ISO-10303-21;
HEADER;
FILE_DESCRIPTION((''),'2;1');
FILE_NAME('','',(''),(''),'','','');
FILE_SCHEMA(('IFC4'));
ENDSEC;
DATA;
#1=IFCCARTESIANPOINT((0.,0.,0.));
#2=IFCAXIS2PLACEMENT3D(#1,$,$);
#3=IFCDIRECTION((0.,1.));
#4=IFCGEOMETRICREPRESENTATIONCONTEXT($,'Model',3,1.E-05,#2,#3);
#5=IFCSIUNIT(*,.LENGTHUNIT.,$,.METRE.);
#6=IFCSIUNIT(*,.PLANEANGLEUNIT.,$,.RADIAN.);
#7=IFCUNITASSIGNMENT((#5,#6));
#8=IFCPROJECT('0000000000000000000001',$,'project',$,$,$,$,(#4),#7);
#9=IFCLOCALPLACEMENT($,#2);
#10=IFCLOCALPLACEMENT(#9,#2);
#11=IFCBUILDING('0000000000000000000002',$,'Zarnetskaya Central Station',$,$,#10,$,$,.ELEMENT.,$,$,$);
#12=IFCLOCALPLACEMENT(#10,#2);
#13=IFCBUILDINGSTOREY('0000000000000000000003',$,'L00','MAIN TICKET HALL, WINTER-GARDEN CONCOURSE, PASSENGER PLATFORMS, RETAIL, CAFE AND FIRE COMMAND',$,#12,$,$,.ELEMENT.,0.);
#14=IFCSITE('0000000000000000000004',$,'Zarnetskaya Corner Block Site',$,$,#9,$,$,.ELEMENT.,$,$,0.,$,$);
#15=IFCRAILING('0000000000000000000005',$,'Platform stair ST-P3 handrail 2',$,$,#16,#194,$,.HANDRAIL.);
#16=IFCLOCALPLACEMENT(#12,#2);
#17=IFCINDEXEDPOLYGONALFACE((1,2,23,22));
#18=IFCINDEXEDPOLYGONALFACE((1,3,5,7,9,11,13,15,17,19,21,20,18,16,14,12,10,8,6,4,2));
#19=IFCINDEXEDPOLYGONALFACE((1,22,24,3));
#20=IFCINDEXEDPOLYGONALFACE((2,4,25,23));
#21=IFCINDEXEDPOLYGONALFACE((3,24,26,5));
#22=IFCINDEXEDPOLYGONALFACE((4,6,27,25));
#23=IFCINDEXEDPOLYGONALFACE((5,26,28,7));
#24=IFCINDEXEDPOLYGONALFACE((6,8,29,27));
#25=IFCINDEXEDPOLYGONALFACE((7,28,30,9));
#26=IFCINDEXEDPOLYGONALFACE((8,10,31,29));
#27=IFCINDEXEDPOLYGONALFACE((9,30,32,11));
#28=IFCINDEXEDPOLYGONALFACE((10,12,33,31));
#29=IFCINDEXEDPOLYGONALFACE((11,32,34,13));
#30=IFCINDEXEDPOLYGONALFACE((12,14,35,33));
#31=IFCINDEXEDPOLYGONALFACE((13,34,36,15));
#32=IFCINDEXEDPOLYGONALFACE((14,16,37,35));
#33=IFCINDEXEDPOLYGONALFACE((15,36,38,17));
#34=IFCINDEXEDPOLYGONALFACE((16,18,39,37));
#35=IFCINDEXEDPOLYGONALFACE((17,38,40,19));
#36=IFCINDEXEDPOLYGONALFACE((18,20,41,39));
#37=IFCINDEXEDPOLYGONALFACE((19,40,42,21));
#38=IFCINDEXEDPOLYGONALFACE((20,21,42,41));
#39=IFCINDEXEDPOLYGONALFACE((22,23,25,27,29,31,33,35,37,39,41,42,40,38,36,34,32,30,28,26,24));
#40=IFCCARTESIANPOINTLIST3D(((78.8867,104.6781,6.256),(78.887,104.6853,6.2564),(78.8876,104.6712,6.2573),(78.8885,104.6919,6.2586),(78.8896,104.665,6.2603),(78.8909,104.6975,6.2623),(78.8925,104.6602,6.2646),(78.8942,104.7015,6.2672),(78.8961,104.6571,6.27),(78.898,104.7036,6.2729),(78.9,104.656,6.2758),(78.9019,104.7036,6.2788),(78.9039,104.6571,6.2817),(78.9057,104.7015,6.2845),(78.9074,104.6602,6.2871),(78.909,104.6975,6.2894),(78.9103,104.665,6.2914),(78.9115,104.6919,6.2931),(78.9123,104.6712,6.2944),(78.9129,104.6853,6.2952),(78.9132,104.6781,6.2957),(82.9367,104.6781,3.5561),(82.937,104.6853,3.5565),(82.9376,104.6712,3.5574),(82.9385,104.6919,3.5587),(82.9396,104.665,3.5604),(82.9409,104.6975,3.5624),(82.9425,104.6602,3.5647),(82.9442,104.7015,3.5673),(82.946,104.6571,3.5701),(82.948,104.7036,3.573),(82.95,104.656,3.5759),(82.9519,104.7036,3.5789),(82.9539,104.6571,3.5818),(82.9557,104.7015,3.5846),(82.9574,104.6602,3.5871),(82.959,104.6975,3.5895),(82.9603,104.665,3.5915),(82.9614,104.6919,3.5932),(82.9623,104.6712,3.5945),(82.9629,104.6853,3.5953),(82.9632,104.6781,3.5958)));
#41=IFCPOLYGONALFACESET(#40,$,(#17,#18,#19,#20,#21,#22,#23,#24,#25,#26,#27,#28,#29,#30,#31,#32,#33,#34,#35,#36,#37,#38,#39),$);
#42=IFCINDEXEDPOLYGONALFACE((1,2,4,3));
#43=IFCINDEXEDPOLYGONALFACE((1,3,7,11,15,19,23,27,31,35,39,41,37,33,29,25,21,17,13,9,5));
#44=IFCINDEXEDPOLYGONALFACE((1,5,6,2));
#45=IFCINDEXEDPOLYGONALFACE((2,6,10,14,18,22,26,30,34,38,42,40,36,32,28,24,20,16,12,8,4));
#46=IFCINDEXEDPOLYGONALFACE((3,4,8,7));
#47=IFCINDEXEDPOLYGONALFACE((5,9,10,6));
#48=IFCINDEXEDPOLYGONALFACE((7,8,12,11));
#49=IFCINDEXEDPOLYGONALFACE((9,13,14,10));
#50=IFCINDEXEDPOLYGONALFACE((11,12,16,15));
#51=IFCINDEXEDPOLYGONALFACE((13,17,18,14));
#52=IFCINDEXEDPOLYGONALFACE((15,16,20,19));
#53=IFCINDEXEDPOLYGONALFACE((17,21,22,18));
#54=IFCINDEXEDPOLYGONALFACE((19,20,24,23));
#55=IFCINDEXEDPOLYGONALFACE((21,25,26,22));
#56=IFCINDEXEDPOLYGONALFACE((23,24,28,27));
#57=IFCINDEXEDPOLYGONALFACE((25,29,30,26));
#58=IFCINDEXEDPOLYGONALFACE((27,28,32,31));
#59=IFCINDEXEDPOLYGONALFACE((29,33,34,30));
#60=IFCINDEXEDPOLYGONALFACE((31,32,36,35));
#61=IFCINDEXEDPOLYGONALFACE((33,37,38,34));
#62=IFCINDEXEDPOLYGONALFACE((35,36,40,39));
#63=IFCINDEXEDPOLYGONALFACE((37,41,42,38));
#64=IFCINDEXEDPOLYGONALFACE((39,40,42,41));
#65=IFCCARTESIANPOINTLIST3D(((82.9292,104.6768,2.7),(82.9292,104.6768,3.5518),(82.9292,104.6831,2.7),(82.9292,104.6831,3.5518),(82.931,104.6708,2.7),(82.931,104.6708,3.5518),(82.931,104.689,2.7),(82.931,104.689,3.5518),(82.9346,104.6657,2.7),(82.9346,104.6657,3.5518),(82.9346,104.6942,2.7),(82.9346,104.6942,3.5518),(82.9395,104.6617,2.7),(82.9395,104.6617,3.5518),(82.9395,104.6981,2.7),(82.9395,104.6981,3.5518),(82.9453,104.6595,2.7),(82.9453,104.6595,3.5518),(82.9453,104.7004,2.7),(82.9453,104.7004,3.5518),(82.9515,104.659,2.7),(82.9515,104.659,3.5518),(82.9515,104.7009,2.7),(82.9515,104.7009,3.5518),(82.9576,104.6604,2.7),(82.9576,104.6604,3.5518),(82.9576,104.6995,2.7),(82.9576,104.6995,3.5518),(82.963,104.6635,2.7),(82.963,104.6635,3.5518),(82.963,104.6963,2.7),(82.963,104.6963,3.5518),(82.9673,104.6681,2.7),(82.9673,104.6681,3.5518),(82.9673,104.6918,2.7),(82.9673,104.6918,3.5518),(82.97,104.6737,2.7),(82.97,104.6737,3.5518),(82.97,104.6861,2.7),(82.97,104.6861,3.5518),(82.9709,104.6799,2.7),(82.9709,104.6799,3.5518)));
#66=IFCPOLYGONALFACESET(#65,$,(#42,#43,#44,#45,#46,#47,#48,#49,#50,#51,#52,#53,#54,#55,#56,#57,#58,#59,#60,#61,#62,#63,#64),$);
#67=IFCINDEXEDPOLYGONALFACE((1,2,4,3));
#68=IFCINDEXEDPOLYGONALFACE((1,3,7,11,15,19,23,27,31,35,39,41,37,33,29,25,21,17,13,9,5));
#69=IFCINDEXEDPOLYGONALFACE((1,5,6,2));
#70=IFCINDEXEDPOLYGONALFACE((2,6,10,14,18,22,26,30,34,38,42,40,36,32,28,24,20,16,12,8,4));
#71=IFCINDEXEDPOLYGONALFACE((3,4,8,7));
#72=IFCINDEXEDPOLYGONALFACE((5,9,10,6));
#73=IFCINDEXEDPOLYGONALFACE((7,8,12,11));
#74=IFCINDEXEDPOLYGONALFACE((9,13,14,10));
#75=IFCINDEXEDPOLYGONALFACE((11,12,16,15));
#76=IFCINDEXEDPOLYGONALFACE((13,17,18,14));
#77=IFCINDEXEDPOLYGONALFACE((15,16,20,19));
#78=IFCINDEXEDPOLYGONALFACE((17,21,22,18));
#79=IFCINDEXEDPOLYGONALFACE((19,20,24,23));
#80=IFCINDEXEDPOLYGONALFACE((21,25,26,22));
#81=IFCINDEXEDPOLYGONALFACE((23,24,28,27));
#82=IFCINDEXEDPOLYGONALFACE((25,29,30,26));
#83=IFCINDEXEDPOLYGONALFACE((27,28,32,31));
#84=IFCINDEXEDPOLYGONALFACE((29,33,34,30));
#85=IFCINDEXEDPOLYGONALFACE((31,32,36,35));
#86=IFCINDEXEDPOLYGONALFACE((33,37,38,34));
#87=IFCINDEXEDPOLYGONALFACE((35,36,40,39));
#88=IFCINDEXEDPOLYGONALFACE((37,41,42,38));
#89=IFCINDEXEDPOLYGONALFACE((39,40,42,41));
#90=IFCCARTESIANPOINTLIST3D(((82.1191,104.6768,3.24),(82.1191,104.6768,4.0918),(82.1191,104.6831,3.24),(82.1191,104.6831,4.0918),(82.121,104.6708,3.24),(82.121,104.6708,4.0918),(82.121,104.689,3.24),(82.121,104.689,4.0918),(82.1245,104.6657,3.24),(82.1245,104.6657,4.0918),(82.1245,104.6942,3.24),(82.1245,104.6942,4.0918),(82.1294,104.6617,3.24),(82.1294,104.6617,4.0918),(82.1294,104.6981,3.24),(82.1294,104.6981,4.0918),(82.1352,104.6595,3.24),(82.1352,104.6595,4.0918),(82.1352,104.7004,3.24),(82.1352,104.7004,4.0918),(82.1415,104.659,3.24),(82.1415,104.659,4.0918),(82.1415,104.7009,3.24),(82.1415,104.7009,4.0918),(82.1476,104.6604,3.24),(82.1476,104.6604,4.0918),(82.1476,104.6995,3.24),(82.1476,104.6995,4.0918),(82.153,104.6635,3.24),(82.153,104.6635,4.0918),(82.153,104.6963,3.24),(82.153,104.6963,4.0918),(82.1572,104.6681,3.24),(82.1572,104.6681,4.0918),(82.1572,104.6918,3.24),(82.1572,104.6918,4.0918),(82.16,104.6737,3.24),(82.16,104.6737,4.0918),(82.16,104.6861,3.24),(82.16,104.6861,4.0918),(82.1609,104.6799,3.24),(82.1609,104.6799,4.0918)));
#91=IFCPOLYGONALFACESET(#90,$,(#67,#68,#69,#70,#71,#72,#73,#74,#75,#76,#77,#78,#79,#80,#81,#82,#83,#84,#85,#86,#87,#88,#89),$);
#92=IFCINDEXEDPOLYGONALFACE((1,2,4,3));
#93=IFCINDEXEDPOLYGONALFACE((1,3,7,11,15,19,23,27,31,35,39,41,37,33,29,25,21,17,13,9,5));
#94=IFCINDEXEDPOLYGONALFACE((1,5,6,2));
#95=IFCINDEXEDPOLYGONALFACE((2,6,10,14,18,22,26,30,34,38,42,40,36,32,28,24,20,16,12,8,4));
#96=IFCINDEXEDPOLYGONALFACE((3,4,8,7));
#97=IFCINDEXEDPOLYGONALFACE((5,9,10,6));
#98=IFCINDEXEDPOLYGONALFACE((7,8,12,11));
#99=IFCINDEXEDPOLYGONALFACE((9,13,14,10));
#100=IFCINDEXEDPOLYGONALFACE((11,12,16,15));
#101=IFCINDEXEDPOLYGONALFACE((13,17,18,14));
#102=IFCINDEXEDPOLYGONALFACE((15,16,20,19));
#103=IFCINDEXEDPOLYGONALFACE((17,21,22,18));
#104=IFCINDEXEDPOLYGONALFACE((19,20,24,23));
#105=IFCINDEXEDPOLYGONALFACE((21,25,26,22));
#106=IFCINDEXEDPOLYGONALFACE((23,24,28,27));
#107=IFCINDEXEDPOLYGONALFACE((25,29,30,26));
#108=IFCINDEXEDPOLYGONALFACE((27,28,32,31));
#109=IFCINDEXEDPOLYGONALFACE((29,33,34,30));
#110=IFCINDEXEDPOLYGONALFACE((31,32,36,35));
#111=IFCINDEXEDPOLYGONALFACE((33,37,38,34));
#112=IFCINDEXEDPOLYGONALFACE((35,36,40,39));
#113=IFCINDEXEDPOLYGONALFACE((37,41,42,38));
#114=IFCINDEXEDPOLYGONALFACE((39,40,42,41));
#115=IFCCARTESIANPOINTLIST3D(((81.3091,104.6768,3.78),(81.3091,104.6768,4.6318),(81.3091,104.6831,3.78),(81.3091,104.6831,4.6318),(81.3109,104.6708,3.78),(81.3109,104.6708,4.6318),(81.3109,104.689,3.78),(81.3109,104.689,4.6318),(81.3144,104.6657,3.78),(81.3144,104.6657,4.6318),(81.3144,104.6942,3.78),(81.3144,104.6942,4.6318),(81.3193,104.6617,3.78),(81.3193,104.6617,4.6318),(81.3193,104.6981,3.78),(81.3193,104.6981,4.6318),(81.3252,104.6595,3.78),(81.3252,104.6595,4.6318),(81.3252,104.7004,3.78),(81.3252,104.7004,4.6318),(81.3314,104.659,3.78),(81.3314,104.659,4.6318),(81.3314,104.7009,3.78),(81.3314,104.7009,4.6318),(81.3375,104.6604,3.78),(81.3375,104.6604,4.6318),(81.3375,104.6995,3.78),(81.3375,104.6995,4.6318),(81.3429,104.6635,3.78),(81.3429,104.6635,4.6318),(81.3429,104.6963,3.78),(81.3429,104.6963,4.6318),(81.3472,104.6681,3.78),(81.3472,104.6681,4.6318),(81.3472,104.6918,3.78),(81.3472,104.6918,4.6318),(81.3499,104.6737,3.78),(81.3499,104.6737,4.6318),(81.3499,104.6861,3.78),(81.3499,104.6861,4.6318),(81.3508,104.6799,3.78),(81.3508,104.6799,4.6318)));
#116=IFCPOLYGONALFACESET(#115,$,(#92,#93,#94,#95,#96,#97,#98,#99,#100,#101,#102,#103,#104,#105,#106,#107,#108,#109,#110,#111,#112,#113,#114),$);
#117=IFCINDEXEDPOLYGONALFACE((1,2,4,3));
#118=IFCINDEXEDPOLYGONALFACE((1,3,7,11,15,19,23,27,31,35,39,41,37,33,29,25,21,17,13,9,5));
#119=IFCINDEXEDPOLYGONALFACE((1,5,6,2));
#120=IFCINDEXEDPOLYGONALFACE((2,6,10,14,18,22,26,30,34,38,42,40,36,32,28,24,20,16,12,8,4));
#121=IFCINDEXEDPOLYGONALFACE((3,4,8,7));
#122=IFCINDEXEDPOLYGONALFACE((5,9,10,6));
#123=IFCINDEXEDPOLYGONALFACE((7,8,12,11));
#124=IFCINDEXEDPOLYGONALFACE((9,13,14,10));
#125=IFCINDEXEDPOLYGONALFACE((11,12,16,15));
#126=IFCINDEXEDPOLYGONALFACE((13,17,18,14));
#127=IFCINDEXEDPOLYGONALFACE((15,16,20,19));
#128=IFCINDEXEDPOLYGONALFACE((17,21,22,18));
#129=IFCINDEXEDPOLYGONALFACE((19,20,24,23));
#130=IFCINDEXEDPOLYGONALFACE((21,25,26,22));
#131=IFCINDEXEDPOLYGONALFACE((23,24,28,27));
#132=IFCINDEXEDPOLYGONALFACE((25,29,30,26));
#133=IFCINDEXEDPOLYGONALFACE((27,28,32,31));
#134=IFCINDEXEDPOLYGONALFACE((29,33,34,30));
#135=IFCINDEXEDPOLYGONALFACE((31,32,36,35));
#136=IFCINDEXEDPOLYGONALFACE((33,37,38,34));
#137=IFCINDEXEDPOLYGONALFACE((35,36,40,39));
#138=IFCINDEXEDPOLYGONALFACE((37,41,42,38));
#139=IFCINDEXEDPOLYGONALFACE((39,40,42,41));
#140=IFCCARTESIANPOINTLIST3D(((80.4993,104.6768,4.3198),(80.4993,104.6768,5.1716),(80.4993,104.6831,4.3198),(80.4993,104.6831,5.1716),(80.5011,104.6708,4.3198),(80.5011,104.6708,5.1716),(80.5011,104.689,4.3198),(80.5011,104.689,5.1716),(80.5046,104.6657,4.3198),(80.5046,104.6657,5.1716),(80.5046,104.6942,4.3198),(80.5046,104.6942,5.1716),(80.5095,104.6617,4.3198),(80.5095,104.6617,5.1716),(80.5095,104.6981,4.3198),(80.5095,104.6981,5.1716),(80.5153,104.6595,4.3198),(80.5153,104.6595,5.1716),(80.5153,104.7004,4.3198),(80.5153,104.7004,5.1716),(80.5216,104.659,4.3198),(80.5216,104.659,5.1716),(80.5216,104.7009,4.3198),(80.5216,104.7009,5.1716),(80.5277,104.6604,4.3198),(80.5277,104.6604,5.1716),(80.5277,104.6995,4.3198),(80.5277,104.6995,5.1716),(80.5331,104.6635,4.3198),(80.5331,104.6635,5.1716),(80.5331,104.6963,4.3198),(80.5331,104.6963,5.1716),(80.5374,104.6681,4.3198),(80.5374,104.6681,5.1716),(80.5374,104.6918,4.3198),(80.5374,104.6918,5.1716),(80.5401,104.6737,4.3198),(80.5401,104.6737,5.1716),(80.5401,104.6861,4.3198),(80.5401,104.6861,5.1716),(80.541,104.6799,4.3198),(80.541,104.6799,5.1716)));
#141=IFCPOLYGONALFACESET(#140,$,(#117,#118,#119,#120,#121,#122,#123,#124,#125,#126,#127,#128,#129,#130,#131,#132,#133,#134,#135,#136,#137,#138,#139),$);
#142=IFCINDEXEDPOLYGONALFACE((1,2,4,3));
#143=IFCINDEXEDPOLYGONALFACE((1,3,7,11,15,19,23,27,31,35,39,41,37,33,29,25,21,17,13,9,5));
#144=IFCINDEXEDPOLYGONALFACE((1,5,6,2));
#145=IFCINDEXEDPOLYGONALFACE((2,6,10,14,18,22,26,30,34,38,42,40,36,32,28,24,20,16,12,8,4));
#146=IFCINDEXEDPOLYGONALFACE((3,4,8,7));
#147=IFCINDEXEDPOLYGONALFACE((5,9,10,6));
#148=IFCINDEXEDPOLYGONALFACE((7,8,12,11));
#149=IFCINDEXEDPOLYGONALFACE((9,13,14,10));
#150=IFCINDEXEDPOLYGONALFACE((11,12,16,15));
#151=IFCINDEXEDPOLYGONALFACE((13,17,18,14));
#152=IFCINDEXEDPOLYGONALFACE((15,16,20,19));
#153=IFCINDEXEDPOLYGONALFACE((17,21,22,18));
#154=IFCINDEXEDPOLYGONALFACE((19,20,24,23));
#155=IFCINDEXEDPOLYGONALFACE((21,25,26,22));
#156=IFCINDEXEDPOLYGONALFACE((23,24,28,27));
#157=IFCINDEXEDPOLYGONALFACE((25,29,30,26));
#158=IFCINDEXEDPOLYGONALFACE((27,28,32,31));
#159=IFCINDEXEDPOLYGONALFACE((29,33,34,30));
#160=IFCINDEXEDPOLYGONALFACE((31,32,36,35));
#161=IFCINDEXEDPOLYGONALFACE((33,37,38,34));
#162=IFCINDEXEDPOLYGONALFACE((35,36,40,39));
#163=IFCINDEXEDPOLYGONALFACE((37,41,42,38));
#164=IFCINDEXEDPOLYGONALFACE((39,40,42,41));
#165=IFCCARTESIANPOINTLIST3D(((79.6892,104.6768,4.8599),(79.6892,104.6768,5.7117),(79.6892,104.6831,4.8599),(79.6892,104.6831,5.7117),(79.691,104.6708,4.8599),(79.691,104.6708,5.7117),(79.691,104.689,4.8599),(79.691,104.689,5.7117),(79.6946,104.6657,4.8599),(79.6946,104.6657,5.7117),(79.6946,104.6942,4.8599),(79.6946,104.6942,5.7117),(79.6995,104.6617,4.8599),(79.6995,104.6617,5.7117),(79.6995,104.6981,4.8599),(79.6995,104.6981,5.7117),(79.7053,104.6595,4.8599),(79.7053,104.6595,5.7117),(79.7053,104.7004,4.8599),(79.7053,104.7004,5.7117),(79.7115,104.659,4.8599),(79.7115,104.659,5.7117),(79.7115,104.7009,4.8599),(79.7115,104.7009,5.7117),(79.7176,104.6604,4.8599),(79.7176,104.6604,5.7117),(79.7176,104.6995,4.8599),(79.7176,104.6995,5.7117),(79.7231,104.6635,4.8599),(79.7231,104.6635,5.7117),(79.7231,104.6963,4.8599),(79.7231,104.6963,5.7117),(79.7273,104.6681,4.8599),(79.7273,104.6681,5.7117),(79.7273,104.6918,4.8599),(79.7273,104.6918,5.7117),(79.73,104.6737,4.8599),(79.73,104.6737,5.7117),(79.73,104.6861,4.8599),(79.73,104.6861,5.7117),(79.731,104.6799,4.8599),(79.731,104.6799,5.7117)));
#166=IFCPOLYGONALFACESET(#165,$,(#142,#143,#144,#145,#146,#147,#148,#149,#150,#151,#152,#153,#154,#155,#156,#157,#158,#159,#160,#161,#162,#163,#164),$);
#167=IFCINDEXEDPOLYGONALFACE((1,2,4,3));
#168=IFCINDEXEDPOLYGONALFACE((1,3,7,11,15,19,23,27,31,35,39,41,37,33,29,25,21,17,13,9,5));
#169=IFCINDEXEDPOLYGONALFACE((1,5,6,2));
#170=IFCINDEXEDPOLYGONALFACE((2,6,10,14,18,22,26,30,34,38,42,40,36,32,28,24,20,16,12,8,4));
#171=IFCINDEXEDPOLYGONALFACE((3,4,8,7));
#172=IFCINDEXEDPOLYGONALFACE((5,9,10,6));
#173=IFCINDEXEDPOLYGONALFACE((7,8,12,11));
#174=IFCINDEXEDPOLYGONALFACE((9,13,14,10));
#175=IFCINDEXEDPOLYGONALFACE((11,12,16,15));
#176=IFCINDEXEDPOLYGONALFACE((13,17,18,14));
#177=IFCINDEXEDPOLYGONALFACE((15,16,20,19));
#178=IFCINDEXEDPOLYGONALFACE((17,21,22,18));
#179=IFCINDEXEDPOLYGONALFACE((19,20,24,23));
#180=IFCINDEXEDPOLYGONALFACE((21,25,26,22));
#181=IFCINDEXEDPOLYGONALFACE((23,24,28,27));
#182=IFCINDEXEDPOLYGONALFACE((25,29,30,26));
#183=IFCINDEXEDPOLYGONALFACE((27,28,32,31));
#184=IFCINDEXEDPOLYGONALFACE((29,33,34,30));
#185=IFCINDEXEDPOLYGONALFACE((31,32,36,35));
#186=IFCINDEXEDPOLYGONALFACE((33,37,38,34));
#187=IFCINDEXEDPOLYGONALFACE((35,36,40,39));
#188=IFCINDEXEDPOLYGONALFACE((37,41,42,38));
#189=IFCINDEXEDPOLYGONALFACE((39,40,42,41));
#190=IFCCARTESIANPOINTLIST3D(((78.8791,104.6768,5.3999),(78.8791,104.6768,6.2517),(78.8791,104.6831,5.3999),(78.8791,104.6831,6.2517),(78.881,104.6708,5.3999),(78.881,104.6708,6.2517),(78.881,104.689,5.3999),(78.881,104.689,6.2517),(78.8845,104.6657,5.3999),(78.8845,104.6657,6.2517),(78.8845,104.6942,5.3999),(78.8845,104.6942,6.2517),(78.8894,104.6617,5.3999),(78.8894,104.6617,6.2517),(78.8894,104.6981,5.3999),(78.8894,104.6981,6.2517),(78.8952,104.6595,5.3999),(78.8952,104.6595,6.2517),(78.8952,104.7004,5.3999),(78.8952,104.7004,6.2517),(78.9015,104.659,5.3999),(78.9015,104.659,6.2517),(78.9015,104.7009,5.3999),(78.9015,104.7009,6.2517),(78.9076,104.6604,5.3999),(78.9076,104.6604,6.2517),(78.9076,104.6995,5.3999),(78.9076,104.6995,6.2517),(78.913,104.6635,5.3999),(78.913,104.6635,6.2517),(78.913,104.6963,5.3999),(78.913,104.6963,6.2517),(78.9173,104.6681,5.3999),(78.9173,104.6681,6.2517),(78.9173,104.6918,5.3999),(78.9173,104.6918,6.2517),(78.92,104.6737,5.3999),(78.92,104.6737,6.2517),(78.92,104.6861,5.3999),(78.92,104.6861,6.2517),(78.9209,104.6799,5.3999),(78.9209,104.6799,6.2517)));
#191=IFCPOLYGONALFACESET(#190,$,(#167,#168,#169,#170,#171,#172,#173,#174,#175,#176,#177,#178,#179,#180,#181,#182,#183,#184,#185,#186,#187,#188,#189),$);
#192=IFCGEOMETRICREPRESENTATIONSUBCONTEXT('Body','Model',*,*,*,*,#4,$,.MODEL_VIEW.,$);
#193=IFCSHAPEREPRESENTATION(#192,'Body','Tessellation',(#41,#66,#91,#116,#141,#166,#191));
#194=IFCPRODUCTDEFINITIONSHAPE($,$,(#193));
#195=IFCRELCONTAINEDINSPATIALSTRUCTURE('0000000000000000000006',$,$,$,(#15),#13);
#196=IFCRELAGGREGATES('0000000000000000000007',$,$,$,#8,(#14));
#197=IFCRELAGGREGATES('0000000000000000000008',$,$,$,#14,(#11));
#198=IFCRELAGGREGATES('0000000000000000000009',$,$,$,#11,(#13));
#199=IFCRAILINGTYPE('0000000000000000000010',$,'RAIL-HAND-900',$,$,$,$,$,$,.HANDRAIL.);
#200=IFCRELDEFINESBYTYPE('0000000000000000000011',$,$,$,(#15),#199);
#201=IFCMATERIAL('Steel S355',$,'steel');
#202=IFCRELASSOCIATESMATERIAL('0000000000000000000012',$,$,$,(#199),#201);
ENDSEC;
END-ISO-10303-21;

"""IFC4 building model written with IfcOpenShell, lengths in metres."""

from ifc_helpers import new_model, si_unit, direction, frame, origin, origin_2d, place, context, subcontext, project, spatial, circle, extrude, material, type_object, element, save


model = new_model("IFC4")

# Units and contexts
model_context = context("Model", 3, precision=1e-05, world=origin(), true_north=direction((0.0, 1.0)))
body_context = subcontext(model_context, "Body", "Model", "MODEL_VIEW")
ifc_project = project(units=[si_unit("LENGTHUNIT", "METRE"), si_unit("PLANEANGLEUNIT", "RADIAN")], contexts=[model_context])

# Site, building, storey
site_placement = place(None, origin())
site = spatial("IfcSite", under=ifc_project, at=site_placement, Name="Zarnetskaya Corner Block Site", CompositionType="ELEMENT", RefElevation=0.0)
building_placement = place(site_placement, origin())
building = spatial("IfcBuilding", under=site, at=building_placement, Name="Zarnetskaya Central Station", CompositionType="ELEMENT")
storey_placement = place(building_placement, origin())
storey = spatial("IfcBuildingStorey", under=building, at=storey_placement, Name="L00", Description="MAIN TICKET HALL, WINTER-GARDEN CONCOURSE, PASSENGER PLATFORMS, RETAIL, CAFE AND FIRE COMMAND", CompositionType="ELEMENT", Elevation=0.0)

# Shared definitions
ifc_material_1 = material(Name="Steel S355", Category="steel")

# Railing
railing_type_1 = type_object("IfcRailingType", Name="RAIL-HAND-900", PredefinedType="HANDRAIL", material=ifc_material_1)
railing_1_placement = place(storey_placement, frame((82.95, 104.6799, 2.7)))
element("IfcRailing", 1, at=railing_1_placement, inside=storey, type_object=railing_type_1, Name="Platform stair ST-P3 handrail 2", PredefinedType="HANDRAIL", context=body_context, shape_type="SweptSolid", body=[
    extrude(circle(Radius=0.0239, at=origin_2d()), frame((0.0, 0.0, 0.876), z_axis=(-0.832058, 0.0, 0.554689), x_axis=(0.0, -1.0, 0.0)), (0.0, 0.0, 1.0), 4.8674),
    extrude(circle(Radius=0.021, at=origin_2d()), origin(), (0.0, 0.0, 1.0), 0.8518),
    extrude(circle(Radius=0.021, at=origin_2d()), frame((-0.8101, 0.0, 0.54)), (0.0, 0.0, 1.0), 0.8518),
    extrude(circle(Radius=0.021, at=origin_2d()), frame((-1.6201, 0.0, 1.0801)), (0.0, 0.0, 1.0), 0.8518),
    extrude(circle(Radius=0.021, at=origin_2d()), frame((-2.4299, 0.0, 1.6199)), (0.0, 0.0, 1.0), 0.8518),
    extrude(circle(Radius=0.021, at=origin_2d()), frame((-3.24, 0.0, 2.1599)), (0.0, 0.0, 1.0), 0.8518),
    extrude(circle(Radius=0.021, at=origin_2d()), frame((-4.05, 0.0, 2.7)), (0.0, 0.0, 1.0), 0.8518),
])

save(model, "model.ifc")
